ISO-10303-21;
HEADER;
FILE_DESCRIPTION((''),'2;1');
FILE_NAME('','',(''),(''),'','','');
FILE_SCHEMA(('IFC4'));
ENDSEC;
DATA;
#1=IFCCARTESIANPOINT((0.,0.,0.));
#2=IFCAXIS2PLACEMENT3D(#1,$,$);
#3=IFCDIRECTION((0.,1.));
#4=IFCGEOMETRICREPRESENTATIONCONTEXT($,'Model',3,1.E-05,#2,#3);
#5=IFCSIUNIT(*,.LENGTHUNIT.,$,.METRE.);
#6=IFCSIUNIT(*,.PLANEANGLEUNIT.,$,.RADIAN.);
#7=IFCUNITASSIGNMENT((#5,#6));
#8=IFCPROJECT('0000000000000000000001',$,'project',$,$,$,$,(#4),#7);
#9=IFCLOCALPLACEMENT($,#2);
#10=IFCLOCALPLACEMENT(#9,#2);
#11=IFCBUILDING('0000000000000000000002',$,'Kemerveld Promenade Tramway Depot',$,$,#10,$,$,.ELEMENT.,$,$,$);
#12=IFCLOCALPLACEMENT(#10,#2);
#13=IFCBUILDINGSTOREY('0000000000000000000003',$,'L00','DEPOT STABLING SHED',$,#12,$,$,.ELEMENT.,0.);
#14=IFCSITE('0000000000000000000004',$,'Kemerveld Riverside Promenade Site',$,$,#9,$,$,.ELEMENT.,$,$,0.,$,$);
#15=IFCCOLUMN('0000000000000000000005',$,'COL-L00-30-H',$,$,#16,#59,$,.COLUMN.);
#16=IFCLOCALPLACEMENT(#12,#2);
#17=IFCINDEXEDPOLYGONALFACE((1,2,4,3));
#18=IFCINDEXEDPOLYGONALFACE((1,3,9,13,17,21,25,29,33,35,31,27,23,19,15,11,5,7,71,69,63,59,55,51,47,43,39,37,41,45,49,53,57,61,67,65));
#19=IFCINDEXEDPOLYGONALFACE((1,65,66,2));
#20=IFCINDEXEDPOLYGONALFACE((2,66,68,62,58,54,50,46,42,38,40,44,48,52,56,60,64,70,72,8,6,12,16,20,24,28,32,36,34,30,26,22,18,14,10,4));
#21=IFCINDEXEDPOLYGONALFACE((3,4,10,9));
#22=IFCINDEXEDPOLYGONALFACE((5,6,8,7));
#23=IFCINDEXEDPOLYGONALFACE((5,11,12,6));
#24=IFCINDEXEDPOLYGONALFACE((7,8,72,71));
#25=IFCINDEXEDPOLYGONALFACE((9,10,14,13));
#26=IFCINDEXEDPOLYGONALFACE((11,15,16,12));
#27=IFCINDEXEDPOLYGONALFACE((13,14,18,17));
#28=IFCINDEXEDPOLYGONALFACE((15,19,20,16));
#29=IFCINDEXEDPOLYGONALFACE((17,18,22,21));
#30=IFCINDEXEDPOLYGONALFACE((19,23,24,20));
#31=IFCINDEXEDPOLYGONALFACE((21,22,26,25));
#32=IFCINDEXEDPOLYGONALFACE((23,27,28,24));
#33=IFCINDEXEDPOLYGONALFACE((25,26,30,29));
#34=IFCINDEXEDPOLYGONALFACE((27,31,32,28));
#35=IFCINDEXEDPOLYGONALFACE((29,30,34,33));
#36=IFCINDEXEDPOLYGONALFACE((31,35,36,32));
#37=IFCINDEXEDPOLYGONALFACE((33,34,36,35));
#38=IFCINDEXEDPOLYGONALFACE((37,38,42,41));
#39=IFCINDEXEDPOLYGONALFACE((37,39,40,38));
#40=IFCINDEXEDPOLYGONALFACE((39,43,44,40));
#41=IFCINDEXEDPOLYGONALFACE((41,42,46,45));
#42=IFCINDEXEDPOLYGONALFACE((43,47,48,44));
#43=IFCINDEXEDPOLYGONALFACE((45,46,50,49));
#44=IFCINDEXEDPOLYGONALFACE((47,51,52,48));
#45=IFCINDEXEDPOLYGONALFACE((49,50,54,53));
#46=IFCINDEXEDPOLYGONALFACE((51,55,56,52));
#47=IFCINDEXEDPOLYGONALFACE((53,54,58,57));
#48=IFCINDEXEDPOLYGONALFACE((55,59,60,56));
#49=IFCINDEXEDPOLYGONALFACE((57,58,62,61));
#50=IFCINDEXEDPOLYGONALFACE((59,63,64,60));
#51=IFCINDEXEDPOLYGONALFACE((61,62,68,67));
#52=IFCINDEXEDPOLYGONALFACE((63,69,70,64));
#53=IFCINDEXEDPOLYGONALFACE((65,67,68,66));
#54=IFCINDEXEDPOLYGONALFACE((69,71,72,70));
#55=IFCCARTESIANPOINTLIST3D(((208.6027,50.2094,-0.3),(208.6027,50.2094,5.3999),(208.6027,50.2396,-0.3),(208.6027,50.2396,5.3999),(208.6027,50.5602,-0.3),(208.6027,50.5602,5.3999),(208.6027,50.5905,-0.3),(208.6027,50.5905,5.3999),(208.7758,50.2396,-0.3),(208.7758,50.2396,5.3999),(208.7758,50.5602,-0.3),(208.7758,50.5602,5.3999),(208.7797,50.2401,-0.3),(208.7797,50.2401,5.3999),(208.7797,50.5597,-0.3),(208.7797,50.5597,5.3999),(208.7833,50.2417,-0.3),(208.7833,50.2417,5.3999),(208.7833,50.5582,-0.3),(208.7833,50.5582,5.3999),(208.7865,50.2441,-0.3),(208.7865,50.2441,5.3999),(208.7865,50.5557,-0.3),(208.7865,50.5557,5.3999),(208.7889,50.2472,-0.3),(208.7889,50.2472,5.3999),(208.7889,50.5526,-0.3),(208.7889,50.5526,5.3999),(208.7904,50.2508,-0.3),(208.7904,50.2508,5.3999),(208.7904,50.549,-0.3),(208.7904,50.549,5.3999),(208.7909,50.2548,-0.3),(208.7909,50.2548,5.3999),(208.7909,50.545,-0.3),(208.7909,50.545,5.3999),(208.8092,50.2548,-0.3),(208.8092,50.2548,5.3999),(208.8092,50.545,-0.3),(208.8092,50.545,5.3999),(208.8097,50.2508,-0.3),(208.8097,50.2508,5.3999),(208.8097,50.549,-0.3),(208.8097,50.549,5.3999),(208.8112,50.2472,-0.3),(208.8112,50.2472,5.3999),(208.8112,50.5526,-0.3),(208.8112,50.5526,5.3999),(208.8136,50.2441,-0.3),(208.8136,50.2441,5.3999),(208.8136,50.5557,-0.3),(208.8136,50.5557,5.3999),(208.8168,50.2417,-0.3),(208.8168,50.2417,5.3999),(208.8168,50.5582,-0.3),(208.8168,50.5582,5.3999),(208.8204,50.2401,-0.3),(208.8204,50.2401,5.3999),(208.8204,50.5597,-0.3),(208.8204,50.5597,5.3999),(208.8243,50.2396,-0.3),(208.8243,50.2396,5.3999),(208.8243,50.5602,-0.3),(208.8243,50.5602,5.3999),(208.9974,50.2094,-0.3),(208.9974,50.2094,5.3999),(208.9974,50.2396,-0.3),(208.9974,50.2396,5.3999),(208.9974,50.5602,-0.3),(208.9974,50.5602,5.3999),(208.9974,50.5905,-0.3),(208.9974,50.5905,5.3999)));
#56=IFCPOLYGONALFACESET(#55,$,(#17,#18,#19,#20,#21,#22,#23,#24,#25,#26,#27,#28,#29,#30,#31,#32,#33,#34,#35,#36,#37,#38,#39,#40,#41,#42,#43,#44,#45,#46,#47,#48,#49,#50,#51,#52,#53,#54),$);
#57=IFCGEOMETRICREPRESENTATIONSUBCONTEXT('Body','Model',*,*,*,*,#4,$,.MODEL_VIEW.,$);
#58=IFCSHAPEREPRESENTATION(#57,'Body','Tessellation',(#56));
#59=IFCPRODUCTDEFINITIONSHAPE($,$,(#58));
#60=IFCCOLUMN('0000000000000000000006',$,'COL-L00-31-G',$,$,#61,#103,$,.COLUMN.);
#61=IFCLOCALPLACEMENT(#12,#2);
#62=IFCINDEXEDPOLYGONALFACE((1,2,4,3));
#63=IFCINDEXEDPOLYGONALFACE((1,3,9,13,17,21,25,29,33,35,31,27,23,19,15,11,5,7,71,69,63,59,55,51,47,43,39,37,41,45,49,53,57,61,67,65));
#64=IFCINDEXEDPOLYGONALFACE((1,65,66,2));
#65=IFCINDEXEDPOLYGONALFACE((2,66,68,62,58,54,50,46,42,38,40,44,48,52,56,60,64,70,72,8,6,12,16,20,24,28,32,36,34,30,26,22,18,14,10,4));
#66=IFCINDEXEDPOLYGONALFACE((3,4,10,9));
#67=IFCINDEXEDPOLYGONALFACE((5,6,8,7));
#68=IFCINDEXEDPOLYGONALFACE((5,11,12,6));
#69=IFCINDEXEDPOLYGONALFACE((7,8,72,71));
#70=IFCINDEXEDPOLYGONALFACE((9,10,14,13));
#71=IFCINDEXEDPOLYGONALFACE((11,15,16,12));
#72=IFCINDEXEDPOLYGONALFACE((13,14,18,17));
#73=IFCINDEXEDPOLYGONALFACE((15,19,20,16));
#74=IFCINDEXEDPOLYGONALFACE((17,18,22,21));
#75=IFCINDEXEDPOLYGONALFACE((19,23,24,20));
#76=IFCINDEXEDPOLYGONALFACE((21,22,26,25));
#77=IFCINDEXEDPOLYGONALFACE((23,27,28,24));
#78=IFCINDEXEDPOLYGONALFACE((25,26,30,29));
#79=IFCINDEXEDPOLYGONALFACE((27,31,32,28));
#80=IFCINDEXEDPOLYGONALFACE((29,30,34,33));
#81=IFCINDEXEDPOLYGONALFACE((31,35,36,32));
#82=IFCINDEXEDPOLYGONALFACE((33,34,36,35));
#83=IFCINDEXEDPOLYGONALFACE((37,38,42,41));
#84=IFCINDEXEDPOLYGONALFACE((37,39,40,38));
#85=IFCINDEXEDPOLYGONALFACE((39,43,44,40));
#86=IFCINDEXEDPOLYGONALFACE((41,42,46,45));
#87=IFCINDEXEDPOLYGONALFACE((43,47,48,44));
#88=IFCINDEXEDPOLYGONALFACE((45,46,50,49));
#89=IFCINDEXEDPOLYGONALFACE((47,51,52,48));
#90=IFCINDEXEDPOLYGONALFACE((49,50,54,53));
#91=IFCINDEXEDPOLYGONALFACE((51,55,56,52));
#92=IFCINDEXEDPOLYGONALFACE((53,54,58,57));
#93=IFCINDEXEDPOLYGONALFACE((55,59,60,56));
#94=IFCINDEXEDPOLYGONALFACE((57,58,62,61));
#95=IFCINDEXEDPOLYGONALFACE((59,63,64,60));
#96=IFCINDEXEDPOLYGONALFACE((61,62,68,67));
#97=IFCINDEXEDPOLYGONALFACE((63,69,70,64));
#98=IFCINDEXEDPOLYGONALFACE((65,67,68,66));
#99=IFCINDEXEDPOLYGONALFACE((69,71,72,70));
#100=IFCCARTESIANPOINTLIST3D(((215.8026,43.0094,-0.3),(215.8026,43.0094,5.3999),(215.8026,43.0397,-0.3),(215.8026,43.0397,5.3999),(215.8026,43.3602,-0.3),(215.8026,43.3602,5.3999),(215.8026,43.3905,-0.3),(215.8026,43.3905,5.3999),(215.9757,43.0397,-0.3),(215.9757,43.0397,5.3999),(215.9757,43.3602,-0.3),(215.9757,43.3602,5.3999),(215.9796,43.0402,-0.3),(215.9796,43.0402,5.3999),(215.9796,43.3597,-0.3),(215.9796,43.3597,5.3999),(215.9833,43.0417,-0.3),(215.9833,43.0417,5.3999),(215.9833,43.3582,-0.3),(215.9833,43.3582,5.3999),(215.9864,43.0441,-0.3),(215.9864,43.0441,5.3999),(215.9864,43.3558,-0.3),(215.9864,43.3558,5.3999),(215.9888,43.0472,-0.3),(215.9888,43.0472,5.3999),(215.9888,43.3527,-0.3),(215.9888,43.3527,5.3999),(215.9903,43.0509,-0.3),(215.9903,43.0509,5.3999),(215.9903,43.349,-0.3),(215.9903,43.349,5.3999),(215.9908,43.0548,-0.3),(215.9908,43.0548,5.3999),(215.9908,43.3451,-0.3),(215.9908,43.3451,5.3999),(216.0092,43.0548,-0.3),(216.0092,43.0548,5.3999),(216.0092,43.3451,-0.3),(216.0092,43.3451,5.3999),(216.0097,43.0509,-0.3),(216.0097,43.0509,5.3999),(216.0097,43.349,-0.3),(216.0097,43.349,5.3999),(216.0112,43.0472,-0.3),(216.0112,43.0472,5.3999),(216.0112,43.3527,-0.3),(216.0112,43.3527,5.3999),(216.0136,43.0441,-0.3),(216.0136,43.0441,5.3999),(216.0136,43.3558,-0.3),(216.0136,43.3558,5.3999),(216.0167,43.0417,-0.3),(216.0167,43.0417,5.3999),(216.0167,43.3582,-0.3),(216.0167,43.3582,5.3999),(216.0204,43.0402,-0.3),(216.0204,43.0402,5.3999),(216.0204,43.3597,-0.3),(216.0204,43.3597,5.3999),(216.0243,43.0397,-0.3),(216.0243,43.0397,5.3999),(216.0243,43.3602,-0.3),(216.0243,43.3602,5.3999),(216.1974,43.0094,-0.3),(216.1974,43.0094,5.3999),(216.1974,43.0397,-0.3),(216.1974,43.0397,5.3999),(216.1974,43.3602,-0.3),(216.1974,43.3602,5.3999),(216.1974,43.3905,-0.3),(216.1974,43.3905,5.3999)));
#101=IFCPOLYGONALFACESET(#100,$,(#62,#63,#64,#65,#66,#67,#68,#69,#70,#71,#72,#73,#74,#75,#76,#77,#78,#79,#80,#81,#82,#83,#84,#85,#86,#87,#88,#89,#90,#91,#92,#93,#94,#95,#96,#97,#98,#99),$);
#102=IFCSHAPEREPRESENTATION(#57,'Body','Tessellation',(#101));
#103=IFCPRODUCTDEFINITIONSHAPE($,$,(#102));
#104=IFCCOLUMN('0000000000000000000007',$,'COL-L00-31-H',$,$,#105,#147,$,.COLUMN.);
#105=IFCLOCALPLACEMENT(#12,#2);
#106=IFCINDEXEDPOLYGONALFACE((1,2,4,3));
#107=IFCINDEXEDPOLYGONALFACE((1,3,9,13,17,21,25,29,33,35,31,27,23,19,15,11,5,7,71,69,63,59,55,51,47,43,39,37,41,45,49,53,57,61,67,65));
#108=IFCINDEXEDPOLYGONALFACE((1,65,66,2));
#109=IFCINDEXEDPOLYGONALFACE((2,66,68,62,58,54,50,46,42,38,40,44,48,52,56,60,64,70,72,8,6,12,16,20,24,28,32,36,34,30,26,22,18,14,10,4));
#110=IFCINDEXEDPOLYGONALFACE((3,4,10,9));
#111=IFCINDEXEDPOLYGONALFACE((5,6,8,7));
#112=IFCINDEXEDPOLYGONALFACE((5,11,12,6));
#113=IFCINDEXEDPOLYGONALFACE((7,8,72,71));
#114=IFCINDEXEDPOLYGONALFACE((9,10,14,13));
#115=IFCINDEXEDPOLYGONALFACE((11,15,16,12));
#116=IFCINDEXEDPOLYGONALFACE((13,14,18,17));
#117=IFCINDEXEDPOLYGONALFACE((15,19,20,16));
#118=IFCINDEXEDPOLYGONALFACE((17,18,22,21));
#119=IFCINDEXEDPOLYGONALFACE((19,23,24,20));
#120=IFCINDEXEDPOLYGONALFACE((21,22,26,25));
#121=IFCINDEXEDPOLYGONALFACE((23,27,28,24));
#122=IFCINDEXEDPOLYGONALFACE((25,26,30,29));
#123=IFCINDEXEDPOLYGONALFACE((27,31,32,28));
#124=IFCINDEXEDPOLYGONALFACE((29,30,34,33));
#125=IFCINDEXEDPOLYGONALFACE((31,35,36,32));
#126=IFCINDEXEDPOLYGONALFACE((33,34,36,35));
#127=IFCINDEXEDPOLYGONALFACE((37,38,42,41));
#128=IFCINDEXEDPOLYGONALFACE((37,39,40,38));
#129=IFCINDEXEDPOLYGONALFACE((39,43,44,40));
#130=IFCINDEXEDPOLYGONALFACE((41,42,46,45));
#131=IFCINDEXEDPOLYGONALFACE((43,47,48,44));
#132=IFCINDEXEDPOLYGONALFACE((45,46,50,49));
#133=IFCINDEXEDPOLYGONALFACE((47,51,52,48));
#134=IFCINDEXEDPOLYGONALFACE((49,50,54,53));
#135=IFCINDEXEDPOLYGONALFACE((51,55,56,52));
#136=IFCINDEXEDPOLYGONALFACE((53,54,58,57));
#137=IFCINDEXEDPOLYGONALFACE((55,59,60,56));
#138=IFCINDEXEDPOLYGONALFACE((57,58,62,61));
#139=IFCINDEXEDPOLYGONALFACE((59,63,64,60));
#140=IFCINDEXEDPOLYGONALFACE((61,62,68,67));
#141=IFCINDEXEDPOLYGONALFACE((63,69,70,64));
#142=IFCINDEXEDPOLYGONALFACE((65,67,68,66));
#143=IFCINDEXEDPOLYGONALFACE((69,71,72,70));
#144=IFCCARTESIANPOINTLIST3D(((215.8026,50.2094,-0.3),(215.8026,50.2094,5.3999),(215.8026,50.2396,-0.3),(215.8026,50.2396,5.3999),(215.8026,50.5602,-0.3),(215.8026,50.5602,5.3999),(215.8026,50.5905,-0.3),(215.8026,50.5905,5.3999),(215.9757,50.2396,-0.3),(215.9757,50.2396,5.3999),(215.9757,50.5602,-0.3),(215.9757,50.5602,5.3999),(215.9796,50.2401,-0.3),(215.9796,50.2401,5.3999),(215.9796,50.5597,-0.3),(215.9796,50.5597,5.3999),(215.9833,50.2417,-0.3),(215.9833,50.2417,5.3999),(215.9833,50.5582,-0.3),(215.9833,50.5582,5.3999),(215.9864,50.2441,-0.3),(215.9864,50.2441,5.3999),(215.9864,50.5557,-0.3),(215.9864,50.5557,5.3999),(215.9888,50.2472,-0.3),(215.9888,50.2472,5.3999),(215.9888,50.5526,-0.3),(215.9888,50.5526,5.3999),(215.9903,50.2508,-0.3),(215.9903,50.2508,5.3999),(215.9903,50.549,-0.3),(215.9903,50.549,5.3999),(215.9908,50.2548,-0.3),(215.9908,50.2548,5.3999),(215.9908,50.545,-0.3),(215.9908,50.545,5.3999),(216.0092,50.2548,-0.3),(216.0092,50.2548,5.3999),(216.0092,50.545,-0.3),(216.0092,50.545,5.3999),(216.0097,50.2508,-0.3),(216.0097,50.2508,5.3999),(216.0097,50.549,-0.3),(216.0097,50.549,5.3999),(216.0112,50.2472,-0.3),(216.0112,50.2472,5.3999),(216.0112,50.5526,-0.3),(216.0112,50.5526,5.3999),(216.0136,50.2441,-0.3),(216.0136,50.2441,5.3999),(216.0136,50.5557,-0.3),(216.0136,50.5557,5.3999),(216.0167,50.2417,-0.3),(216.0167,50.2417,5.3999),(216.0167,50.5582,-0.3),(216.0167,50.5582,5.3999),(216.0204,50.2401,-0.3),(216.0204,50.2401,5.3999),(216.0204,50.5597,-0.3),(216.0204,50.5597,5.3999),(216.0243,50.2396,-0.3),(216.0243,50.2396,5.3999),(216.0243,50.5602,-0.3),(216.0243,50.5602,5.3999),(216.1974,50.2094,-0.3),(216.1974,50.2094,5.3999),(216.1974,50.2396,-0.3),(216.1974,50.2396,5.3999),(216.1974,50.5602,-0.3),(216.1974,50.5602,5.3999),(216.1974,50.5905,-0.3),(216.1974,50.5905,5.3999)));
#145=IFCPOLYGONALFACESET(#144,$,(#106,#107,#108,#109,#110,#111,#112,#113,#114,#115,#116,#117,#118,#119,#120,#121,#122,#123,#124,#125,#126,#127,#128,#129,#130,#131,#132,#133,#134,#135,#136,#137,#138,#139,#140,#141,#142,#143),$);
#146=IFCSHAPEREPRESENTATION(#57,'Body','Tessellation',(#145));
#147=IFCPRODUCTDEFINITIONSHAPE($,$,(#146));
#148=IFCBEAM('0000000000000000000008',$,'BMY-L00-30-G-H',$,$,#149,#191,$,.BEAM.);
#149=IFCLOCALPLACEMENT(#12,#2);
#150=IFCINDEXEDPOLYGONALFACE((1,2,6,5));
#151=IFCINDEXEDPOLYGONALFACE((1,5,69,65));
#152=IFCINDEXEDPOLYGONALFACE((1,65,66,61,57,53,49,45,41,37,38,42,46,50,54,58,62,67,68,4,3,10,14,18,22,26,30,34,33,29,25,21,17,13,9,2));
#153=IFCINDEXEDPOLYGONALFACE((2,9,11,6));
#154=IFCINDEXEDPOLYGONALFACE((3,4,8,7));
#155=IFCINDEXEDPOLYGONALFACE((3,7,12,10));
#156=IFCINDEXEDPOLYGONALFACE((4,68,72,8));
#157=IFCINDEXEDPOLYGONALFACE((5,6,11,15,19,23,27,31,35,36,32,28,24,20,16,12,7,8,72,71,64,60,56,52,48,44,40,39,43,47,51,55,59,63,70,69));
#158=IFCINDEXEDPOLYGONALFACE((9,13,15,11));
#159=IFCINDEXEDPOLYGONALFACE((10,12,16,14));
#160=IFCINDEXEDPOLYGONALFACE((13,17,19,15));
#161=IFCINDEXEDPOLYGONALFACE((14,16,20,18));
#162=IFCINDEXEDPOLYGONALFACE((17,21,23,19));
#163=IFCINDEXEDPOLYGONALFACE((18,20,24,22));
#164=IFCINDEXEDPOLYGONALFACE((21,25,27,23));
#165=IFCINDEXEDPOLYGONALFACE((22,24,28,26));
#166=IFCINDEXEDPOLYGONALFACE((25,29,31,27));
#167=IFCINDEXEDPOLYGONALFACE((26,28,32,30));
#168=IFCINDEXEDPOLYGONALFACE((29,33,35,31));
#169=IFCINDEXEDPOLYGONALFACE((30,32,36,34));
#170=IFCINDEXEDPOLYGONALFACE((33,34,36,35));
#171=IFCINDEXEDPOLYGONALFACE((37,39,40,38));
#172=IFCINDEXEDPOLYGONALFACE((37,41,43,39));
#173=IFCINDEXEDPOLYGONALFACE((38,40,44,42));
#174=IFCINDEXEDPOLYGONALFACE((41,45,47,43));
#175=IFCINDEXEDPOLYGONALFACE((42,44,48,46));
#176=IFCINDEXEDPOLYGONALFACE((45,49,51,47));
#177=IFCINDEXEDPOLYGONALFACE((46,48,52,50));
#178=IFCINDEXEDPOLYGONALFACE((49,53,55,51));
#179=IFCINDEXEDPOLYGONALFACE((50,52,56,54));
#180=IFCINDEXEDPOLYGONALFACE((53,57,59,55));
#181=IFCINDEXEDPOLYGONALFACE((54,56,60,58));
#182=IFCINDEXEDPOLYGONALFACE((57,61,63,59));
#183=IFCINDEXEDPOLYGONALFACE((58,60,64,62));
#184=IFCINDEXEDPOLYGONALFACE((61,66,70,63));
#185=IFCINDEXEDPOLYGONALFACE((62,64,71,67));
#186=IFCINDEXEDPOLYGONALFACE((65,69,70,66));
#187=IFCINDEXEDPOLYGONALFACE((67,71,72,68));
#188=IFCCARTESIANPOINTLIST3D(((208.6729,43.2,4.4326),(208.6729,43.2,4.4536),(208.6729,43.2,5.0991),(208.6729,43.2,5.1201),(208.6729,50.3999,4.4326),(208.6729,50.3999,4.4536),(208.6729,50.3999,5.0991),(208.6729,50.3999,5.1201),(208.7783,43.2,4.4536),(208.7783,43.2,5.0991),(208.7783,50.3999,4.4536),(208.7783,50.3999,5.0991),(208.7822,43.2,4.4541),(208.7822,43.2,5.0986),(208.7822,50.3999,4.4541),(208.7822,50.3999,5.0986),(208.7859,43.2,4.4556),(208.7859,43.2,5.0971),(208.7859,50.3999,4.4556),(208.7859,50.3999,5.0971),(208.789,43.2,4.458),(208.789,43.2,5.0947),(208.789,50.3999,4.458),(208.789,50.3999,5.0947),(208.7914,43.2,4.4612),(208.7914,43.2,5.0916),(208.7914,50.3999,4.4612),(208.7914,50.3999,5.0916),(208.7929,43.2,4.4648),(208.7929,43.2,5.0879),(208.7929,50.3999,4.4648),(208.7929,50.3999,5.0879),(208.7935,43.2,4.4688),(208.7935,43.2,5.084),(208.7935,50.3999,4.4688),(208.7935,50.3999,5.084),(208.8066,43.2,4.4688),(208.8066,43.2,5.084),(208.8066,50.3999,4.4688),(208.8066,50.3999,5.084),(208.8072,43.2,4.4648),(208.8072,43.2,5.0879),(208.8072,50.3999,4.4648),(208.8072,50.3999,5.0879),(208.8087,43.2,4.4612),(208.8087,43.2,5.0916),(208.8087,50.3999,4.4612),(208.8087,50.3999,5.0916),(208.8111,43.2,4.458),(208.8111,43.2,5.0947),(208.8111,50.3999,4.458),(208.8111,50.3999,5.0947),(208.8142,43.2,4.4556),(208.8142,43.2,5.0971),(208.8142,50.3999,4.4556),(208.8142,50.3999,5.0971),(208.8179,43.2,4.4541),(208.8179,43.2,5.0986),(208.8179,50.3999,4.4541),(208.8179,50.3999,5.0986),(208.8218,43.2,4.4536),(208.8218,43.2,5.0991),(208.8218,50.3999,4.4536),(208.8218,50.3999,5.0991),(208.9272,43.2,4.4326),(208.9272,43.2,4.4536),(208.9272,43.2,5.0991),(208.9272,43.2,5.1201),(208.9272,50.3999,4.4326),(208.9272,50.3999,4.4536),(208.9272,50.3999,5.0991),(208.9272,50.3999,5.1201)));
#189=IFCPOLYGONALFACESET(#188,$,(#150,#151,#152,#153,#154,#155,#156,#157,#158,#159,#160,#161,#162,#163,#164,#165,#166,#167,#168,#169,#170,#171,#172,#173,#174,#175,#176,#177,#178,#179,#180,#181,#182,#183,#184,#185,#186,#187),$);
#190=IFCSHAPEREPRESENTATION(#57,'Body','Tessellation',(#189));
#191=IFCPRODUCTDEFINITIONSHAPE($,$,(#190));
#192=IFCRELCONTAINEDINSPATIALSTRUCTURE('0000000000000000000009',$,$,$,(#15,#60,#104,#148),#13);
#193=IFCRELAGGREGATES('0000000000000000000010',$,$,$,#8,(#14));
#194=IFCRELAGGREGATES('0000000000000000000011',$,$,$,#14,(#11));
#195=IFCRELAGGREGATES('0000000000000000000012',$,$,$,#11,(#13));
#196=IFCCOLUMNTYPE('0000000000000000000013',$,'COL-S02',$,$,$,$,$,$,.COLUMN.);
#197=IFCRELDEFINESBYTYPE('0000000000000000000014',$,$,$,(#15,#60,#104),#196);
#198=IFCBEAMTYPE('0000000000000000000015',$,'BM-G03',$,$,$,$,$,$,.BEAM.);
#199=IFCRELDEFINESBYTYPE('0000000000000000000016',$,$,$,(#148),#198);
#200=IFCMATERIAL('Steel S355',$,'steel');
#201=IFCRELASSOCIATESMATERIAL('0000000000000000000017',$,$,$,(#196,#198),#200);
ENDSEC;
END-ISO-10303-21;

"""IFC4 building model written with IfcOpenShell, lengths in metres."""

from ifc_helpers import new_model, si_unit, direction, frame, origin, origin_2d, place, context, subcontext, project, spatial, i_section, extrude, material, material_profile, profile_set, type_object, element, save


model = new_model("IFC4")

# Units and contexts
model_context = context("Model", 3, precision=1e-05, world=origin(), true_north=direction((0.0, 1.0)))
body_context = subcontext(model_context, "Body", "Model", "MODEL_VIEW")
ifc_project = project(units=[si_unit("LENGTHUNIT", "METRE"), si_unit("PLANEANGLEUNIT", "RADIAN")], contexts=[model_context])

# Site, building, storey
site_placement = place(None, origin())
site = spatial("IfcSite", under=ifc_project, at=site_placement, Name="Kemerveld Riverside Promenade Site", CompositionType="ELEMENT", RefElevation=0.0)
building_placement = place(site_placement, origin())
building = spatial("IfcBuilding", under=site, at=building_placement, Name="Kemerveld Promenade Tramway Depot", CompositionType="ELEMENT")
storey_placement = place(building_placement, origin())
storey = spatial("IfcBuildingStorey", under=building, at=storey_placement, Name="L00", Description="DEPOT STABLING SHED", CompositionType="ELEMENT", Elevation=0.0)

# Columns
ifc_material_1 = material(Name="Steel S355", Category="steel")
ifc_material_profile_1 = material_profile(ifc_material_1, i_section(OverallWidth=0.3948, OverallDepth=0.3811, WebThickness=0.0183, FlangeThickness=0.0303, FilletRadius=0.0151, at=origin_2d()), Name="356x406x235 UC")
ifc_profile_set_1 = profile_set([ifc_material_profile_1], Name="Steel S355")
column_type = type_object("IfcColumnType", Name="COL-S02", PredefinedType="COLUMN", material=ifc_profile_set_1)
for number, where, z_axis, x_axis, name in (
    (1, (208.8, 50.3999, -0.3), (0.0, 0.0, 1.0), (1.0, 0.0, 0.0), "COL-L00-30-H"),
    (2, (216.0, 43.2, -0.3), (0.0, 0.0, 1.0), (1.0, 0.0, 0.0), "COL-L00-31-G"),
    (3, (216.0, 50.3999, -0.3), (0.0, 0.0, 1.0), (1.0, 0.0, 0.0), "COL-L00-31-H"),
):
    element("IfcColumn", number, at=place(storey_placement, frame(where, z_axis=z_axis, x_axis=x_axis)), inside=storey, type_object=column_type, Name=name, PredefinedType="COLUMN", context=body_context, shape_type="SweptSolid", body=[
        extrude(i_section(OverallWidth=0.3948, OverallDepth=0.3811, WebThickness=0.0183, FlangeThickness=0.0303, FilletRadius=0.0151, at=origin_2d()), origin(), (0.0, 0.0, 1.0), 5.7),
    ])

# Beam
ifc_material_profile_2 = material_profile(ifc_material_1, i_section(OverallWidth=0.2544, OverallDepth=0.6875, WebThickness=0.0132, FlangeThickness=0.021, FilletRadius=0.0151, at=origin_2d()), Name="686x254x152 UB")
ifc_profile_set_2 = profile_set([ifc_material_profile_2], Name="Steel S355")
beam_type_1 = type_object("IfcBeamType", Name="BM-G03", PredefinedType="BEAM", material=ifc_profile_set_2)
for number, where, z_axis, x_axis, name in (
    (4, (208.8, 43.2, 4.7764), (0.0, 1.0, 0.0), (-1.0, 0.0, 0.0), "BMY-L00-30-G-H"),
):
    element("IfcBeam", number, at=place(storey_placement, frame(where, z_axis=z_axis, x_axis=x_axis)), inside=storey, type_object=beam_type_1, Name=name, PredefinedType="BEAM", context=body_context, shape_type="SweptSolid", body=[
        extrude(i_section(OverallWidth=0.2544, OverallDepth=0.6875, WebThickness=0.0132, FlangeThickness=0.021, FilletRadius=0.0151, at=origin_2d()), origin(), (0.0, 0.0, 1.0), 7.2),
    ])

save(model, "model.ifc")
